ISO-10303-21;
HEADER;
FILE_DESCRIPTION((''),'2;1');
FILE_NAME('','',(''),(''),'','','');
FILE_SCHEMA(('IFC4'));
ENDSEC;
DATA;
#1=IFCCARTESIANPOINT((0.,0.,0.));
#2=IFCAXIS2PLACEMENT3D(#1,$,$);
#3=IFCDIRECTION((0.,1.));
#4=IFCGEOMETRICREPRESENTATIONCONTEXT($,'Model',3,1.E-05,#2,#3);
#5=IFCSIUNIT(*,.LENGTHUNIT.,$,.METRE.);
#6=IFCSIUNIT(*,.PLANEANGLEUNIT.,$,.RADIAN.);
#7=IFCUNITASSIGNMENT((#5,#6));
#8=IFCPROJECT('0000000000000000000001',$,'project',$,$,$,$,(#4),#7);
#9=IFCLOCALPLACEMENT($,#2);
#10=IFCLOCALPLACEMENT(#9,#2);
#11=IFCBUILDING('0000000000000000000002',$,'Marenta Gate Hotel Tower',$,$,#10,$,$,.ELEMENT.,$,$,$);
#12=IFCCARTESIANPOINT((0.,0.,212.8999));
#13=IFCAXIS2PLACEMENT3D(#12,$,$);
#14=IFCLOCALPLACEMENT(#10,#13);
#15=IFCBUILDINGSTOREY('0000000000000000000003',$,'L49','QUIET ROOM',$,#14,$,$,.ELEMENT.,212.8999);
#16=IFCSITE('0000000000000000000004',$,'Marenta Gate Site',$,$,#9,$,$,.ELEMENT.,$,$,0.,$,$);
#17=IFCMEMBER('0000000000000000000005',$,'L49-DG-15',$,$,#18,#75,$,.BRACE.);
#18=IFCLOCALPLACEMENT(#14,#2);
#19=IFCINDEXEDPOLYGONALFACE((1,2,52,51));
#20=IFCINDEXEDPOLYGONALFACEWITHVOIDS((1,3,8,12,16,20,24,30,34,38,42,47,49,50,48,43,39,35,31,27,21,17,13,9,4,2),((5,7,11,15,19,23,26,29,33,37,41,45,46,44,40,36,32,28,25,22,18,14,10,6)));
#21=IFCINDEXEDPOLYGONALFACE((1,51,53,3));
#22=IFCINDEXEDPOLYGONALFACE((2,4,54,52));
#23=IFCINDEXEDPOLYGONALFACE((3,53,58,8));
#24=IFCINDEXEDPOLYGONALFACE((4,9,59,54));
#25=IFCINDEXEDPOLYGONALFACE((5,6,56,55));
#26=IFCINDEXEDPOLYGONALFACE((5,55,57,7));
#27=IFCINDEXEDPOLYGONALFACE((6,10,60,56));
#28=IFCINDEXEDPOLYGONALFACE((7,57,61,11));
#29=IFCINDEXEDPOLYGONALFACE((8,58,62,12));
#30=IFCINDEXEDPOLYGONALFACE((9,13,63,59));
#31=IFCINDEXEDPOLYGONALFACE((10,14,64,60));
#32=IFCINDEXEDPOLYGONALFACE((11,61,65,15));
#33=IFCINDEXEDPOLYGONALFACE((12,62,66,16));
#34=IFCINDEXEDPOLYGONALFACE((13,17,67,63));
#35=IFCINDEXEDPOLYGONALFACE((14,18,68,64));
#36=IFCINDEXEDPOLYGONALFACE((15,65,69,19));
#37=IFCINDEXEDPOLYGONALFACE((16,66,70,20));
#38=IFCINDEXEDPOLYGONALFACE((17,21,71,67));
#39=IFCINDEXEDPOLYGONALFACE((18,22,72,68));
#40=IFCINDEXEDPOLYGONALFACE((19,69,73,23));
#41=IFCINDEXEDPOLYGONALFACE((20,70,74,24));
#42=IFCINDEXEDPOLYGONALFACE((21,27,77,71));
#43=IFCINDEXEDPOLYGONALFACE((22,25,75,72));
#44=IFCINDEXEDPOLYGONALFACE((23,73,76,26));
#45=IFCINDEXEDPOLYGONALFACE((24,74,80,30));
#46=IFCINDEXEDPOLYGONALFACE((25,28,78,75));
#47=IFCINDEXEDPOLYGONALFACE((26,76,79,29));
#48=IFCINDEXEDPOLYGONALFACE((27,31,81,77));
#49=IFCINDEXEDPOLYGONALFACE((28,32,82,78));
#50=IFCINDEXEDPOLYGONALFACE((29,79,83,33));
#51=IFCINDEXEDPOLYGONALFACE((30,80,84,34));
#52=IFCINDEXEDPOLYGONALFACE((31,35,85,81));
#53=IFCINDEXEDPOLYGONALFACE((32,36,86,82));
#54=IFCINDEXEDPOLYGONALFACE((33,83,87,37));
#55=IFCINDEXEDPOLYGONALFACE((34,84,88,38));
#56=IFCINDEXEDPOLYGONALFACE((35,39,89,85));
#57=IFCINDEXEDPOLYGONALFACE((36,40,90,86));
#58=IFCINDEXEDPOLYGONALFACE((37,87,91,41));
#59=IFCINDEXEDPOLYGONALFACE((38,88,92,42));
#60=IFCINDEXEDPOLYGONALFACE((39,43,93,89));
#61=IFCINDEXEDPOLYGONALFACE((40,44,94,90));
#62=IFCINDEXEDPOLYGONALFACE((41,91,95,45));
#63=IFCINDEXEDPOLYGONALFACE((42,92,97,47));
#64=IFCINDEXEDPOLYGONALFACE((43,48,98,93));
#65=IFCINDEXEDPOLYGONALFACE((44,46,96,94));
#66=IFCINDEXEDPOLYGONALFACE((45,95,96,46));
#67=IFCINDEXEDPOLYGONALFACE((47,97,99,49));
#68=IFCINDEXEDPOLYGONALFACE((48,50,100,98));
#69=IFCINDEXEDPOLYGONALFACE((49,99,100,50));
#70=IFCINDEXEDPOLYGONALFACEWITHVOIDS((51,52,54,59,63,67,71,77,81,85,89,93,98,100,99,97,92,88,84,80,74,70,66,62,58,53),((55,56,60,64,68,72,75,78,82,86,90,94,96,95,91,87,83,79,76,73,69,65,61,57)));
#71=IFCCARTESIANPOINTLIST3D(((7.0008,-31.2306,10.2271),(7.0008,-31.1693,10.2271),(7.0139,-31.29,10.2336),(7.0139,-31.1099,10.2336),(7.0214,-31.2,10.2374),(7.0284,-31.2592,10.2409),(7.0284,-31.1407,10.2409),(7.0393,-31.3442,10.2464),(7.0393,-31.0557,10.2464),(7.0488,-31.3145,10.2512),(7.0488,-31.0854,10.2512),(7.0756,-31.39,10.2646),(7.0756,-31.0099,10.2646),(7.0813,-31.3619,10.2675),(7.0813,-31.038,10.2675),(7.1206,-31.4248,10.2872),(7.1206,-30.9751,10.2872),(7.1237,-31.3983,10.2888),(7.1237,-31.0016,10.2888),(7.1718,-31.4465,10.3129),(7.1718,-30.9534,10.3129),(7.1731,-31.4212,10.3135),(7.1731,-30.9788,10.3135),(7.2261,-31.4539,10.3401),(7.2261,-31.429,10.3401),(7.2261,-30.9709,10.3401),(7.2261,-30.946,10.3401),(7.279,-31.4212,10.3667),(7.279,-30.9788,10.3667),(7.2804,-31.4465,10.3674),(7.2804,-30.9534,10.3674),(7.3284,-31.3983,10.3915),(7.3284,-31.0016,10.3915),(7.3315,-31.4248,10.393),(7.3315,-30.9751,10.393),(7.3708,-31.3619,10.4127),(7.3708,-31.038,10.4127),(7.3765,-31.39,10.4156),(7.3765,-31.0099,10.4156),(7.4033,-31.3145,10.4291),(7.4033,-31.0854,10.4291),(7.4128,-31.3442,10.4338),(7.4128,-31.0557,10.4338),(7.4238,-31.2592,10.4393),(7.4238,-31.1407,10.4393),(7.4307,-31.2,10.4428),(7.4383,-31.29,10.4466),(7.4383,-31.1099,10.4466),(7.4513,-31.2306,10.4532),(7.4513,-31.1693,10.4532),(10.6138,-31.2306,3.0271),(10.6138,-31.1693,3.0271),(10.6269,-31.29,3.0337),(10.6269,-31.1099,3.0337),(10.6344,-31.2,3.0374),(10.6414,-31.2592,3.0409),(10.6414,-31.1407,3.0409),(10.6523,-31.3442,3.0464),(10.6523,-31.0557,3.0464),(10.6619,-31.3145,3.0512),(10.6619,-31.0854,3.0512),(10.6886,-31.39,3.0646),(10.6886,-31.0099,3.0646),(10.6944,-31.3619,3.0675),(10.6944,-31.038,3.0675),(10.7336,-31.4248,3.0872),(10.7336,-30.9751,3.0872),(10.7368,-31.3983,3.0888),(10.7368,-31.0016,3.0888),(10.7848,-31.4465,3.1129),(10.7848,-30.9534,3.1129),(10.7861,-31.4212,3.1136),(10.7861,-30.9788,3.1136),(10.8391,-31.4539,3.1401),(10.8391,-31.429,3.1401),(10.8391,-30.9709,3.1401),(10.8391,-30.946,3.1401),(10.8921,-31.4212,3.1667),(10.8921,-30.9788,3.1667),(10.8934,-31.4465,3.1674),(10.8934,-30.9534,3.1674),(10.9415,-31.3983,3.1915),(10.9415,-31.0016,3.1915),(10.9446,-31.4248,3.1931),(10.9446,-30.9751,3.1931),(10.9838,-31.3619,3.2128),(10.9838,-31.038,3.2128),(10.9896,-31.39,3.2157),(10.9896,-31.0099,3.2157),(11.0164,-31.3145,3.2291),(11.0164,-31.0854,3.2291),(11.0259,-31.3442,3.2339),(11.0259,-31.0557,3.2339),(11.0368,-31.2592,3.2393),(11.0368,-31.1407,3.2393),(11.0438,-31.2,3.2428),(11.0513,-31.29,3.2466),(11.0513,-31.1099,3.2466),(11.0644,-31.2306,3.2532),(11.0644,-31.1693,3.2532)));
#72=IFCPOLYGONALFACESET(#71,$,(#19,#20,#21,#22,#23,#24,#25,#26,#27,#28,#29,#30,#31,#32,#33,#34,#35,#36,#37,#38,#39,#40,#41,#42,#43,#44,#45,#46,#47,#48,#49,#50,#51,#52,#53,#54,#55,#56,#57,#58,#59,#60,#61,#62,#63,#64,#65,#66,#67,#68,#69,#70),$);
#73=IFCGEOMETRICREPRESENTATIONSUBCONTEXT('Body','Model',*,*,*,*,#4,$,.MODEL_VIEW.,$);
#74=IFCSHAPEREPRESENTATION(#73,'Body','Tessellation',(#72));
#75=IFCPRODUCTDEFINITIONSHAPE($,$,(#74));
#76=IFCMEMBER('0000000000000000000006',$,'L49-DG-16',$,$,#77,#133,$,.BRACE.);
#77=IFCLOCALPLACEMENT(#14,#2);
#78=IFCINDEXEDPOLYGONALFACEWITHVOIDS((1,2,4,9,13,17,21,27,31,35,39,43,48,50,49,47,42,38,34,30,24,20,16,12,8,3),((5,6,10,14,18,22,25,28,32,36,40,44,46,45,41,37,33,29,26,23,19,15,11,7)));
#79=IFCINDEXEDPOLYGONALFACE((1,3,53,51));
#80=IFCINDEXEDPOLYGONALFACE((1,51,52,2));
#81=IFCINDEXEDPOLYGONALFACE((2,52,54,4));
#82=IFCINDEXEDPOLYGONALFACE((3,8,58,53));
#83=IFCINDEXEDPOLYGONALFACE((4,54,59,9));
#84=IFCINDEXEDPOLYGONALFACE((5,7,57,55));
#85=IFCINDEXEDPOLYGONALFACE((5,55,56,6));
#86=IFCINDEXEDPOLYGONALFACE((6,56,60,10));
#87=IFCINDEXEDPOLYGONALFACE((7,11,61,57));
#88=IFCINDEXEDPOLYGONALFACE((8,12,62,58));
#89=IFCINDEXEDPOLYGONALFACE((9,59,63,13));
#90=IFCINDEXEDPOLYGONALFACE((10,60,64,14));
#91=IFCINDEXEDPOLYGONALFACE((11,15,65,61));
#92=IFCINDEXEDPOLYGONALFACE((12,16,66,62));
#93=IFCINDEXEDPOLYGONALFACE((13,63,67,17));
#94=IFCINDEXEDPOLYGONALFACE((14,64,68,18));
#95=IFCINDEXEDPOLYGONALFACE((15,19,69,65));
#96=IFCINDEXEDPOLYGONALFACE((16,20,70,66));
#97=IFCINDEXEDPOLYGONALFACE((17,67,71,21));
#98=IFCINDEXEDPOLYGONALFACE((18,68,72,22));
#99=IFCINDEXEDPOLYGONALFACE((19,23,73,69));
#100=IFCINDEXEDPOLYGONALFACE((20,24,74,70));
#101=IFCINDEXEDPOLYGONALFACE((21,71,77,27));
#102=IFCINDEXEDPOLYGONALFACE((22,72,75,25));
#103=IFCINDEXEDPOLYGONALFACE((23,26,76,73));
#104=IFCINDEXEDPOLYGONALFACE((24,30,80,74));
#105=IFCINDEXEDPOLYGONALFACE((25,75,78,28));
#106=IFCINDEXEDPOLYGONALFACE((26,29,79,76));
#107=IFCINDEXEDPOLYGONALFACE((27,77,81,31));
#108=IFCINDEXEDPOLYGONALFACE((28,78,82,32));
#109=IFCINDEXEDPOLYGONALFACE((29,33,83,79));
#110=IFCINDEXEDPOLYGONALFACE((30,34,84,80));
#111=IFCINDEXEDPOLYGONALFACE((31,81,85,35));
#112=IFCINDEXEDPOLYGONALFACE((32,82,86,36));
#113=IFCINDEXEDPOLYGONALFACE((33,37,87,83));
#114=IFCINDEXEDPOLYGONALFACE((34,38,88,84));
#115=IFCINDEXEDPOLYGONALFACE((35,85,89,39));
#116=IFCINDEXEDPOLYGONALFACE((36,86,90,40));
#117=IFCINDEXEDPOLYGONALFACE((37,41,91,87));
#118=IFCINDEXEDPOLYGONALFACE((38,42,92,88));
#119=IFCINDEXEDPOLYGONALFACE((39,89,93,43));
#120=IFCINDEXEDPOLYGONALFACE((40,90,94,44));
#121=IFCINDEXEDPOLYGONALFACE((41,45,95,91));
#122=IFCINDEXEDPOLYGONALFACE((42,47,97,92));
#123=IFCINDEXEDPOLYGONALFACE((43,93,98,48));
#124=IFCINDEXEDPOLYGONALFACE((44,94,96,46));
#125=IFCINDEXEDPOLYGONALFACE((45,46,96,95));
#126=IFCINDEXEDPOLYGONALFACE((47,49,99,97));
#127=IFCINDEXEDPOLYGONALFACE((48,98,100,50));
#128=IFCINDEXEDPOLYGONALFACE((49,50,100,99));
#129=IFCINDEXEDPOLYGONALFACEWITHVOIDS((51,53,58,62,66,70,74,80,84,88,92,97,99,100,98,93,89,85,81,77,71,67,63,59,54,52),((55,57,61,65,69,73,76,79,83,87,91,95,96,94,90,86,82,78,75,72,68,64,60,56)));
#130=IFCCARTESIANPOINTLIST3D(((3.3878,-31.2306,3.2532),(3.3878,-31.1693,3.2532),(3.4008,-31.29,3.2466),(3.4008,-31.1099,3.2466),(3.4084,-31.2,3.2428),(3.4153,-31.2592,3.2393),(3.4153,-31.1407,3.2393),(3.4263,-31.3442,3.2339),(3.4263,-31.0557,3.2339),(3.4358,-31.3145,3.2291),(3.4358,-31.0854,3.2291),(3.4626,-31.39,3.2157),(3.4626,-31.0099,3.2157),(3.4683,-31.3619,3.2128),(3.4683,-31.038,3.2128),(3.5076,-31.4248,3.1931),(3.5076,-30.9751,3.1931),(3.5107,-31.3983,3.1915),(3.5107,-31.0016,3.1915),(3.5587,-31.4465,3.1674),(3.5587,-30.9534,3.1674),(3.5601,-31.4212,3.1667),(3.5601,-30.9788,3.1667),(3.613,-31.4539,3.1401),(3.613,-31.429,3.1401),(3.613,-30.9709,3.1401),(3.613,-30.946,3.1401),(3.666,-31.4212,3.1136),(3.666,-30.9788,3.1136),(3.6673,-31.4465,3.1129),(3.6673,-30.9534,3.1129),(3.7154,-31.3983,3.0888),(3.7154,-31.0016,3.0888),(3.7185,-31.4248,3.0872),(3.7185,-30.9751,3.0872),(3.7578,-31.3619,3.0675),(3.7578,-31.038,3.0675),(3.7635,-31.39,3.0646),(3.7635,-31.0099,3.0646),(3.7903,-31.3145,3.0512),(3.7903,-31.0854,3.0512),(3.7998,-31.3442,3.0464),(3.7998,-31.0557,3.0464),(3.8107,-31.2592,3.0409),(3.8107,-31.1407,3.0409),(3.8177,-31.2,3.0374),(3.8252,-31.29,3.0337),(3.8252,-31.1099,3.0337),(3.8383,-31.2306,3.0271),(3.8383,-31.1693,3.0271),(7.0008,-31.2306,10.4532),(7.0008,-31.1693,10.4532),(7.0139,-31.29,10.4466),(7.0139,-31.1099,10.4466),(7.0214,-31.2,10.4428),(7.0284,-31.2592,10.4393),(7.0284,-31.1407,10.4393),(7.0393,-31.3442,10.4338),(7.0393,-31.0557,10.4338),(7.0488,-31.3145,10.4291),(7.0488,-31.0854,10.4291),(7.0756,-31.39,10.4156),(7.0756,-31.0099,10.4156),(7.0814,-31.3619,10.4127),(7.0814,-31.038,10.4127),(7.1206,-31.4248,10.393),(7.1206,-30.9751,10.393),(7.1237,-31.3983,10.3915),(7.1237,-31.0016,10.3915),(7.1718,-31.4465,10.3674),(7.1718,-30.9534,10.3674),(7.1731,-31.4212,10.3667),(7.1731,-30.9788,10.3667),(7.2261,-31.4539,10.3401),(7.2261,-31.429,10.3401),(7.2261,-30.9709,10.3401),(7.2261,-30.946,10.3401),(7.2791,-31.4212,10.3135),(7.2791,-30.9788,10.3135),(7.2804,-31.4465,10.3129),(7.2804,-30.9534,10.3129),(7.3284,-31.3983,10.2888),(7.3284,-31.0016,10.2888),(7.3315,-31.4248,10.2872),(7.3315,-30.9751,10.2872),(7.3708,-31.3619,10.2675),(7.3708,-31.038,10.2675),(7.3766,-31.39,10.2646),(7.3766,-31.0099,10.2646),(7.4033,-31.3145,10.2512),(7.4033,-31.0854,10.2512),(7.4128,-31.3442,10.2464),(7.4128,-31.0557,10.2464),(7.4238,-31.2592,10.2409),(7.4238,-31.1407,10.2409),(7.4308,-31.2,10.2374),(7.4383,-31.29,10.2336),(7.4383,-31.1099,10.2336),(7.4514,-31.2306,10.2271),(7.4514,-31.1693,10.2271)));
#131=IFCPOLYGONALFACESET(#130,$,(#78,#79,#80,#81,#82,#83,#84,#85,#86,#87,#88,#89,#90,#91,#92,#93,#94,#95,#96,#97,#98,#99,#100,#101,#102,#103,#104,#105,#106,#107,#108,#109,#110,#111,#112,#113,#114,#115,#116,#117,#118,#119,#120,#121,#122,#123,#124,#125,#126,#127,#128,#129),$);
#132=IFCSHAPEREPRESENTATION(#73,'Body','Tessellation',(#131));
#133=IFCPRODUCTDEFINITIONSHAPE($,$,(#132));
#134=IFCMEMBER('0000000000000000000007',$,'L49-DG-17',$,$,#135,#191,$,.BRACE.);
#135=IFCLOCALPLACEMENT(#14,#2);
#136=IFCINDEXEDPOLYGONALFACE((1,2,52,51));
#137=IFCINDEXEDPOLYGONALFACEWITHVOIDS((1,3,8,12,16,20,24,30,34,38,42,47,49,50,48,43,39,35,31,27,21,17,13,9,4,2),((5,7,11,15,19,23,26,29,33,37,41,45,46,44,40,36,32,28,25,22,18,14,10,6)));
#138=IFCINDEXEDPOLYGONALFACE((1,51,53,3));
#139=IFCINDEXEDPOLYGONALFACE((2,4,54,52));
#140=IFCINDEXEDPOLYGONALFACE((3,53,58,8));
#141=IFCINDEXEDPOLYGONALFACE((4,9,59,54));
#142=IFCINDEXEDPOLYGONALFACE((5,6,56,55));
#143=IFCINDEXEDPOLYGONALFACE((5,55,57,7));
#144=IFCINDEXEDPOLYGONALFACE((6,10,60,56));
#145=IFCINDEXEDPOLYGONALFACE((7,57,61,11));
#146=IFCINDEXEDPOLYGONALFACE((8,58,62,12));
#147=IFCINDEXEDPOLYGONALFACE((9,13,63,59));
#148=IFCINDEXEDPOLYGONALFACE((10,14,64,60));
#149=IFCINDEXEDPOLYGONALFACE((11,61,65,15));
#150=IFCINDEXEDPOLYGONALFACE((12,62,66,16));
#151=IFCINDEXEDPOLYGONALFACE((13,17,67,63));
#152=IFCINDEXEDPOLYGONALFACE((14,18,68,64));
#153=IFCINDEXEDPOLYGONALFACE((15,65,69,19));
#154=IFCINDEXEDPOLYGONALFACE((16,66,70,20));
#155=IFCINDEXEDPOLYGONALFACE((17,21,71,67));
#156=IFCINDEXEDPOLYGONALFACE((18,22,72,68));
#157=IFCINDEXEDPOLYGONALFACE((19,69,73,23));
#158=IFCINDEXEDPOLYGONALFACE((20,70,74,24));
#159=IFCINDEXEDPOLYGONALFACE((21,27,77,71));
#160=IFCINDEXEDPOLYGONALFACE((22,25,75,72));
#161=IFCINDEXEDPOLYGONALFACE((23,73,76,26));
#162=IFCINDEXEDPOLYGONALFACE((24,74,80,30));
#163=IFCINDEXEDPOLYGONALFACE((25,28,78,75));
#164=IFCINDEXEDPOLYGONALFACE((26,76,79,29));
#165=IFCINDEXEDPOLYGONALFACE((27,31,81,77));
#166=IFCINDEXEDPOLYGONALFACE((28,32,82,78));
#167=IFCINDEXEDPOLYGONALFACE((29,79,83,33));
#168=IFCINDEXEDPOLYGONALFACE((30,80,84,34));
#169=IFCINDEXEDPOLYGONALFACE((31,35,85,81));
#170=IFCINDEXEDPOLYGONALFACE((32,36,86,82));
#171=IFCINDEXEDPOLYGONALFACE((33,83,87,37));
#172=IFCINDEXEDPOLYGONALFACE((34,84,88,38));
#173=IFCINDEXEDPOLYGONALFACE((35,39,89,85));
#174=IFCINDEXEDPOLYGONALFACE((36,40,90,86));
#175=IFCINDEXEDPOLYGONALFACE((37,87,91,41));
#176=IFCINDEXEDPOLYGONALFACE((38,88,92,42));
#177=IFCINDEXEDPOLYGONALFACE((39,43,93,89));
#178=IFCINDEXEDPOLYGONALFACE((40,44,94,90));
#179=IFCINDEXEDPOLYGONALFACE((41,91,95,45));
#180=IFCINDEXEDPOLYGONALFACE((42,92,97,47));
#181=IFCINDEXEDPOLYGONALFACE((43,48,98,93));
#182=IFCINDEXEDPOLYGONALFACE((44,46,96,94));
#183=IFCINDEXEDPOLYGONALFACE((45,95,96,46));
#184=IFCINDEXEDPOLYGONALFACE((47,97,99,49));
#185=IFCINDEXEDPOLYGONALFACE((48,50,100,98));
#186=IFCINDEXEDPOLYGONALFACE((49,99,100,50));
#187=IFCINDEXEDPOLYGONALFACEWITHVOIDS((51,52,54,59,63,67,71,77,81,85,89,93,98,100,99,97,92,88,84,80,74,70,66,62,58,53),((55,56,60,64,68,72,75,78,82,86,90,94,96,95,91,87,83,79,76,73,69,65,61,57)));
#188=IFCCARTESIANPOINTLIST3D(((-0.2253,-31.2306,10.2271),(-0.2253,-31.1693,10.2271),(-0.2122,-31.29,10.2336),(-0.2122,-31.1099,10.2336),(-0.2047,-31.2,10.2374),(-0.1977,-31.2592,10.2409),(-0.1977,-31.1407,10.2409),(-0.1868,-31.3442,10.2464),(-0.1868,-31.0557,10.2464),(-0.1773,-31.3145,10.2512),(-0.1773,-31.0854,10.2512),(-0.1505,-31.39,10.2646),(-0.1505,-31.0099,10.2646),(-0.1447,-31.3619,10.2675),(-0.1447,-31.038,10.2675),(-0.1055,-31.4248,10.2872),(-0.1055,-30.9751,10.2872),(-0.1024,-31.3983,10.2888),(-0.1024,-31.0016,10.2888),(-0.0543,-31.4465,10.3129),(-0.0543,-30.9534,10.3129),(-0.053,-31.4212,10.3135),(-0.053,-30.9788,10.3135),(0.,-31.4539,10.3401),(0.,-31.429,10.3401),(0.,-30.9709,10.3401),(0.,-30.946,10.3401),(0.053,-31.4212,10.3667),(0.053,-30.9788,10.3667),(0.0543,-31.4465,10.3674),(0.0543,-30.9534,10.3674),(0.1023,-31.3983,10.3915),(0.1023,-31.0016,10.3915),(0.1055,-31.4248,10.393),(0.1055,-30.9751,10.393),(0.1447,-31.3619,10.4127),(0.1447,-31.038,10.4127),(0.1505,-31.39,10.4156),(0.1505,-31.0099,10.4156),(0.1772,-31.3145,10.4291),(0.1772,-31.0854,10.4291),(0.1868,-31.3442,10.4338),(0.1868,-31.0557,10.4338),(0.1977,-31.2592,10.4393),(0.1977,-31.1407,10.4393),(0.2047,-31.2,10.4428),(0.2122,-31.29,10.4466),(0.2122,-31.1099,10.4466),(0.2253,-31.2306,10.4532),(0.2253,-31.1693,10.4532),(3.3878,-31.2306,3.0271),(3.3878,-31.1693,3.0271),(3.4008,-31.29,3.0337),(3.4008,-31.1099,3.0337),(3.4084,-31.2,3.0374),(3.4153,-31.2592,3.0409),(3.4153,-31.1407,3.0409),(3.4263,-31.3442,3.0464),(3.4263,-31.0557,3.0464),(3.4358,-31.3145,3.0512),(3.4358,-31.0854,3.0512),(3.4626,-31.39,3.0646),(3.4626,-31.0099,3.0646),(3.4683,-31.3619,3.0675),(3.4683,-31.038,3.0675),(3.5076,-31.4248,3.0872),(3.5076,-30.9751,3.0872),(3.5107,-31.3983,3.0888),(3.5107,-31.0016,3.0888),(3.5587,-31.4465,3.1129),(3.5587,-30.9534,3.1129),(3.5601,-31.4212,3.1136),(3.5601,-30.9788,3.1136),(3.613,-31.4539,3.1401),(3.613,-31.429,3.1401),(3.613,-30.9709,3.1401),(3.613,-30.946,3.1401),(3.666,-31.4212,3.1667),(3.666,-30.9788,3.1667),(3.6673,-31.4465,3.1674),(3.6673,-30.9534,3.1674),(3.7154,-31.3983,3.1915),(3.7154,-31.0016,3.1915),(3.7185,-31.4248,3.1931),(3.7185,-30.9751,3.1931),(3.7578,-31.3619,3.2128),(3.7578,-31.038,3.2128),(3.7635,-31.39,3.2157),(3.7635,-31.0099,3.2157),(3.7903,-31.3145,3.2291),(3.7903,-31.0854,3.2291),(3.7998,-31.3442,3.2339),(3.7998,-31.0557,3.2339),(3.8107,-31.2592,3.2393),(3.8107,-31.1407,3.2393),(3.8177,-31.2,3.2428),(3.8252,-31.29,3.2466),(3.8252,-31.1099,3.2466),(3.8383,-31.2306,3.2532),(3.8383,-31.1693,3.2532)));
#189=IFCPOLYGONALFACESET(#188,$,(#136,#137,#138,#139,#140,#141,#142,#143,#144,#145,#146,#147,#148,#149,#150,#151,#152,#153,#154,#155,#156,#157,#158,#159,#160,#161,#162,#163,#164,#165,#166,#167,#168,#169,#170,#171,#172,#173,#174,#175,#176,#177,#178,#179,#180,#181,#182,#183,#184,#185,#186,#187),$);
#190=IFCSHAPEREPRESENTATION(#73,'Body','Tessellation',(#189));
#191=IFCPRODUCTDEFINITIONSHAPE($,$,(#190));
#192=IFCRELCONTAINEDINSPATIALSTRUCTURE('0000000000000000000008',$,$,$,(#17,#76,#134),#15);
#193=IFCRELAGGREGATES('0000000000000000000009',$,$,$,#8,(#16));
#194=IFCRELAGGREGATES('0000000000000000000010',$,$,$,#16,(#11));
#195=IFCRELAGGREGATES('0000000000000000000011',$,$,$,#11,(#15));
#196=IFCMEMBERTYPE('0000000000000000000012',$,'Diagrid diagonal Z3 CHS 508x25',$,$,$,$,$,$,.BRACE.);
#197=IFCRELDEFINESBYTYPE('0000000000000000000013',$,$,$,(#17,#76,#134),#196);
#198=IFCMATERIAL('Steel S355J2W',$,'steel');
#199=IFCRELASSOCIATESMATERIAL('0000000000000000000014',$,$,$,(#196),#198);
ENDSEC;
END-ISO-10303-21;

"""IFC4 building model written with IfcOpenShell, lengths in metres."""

from ifc_helpers import new_model, si_unit, direction, frame, origin, origin_2d, place, context, subcontext, project, spatial, hollow_circle, extrude, material, material_profile, profile_set, type_object, element, save


model = new_model("IFC4")

# Units and contexts
model_context = context("Model", 3, precision=1e-05, world=origin(), true_north=direction((0.0, 1.0)))
body_context = subcontext(model_context, "Body", "Model", "MODEL_VIEW")
ifc_project = project(units=[si_unit("LENGTHUNIT", "METRE"), si_unit("PLANEANGLEUNIT", "RADIAN")], contexts=[model_context])

# Site, building, storey
site_placement = place(None, origin())
site = spatial("IfcSite", under=ifc_project, at=site_placement, Name="Marenta Gate Site", CompositionType="ELEMENT", RefElevation=0.0)
building_placement = place(site_placement, origin())
building = spatial("IfcBuilding", under=site, at=building_placement, Name="Marenta Gate Hotel Tower", CompositionType="ELEMENT")
storey_placement = place(building_placement, frame((0.0, 0.0, 212.8999)))
storey = spatial("IfcBuildingStorey", under=building, at=storey_placement, Name="L49", Description="QUIET ROOM", CompositionType="ELEMENT", Elevation=212.8999)

# Members
ifc_material_1 = material(Name="Steel S355J2W", Category="steel")
ifc_material_profile_1 = material_profile(ifc_material_1, hollow_circle(Radius=0.2539, WallThickness=0.0249, at=origin_2d()), Name="CHS 508x25")
ifc_profile_set_1 = profile_set([ifc_material_profile_1], Name="Steel S355J2W")
member_type_1 = type_object("IfcMemberType", Name="Diagrid diagonal Z3 CHS 508x25", PredefinedType="BRACE", material=ifc_profile_set_1)
for number, where, z_axis, x_axis, name in (
    (1, (10.8391, -31.2, 3.1401), (-0.44851, 0.0, 0.893778), (0.0, -1.0, 0.0), "L49-DG-15"),
    (2, (3.613, -31.2, 3.1401), (0.44851, 0.0, 0.893778), (0.0, 1.0, 0.0), "L49-DG-16"),
    (3, (3.613, -31.2, 3.1401), (-0.44851, 0.0, 0.893778), (0.0, -1.0, 0.0), "L49-DG-17"),
):
    element("IfcMember", number, at=place(storey_placement, frame(where, z_axis=z_axis, x_axis=x_axis)), inside=storey, type_object=member_type_1, Name=name, PredefinedType="BRACE", context=body_context, shape_type="SweptSolid", body=[
        extrude(hollow_circle(Radius=0.2539, WallThickness=0.0249, at=origin_2d()), origin(), (0.0, 0.0, 1.0), 8.0557),
    ])

save(model, "model.ifc")
